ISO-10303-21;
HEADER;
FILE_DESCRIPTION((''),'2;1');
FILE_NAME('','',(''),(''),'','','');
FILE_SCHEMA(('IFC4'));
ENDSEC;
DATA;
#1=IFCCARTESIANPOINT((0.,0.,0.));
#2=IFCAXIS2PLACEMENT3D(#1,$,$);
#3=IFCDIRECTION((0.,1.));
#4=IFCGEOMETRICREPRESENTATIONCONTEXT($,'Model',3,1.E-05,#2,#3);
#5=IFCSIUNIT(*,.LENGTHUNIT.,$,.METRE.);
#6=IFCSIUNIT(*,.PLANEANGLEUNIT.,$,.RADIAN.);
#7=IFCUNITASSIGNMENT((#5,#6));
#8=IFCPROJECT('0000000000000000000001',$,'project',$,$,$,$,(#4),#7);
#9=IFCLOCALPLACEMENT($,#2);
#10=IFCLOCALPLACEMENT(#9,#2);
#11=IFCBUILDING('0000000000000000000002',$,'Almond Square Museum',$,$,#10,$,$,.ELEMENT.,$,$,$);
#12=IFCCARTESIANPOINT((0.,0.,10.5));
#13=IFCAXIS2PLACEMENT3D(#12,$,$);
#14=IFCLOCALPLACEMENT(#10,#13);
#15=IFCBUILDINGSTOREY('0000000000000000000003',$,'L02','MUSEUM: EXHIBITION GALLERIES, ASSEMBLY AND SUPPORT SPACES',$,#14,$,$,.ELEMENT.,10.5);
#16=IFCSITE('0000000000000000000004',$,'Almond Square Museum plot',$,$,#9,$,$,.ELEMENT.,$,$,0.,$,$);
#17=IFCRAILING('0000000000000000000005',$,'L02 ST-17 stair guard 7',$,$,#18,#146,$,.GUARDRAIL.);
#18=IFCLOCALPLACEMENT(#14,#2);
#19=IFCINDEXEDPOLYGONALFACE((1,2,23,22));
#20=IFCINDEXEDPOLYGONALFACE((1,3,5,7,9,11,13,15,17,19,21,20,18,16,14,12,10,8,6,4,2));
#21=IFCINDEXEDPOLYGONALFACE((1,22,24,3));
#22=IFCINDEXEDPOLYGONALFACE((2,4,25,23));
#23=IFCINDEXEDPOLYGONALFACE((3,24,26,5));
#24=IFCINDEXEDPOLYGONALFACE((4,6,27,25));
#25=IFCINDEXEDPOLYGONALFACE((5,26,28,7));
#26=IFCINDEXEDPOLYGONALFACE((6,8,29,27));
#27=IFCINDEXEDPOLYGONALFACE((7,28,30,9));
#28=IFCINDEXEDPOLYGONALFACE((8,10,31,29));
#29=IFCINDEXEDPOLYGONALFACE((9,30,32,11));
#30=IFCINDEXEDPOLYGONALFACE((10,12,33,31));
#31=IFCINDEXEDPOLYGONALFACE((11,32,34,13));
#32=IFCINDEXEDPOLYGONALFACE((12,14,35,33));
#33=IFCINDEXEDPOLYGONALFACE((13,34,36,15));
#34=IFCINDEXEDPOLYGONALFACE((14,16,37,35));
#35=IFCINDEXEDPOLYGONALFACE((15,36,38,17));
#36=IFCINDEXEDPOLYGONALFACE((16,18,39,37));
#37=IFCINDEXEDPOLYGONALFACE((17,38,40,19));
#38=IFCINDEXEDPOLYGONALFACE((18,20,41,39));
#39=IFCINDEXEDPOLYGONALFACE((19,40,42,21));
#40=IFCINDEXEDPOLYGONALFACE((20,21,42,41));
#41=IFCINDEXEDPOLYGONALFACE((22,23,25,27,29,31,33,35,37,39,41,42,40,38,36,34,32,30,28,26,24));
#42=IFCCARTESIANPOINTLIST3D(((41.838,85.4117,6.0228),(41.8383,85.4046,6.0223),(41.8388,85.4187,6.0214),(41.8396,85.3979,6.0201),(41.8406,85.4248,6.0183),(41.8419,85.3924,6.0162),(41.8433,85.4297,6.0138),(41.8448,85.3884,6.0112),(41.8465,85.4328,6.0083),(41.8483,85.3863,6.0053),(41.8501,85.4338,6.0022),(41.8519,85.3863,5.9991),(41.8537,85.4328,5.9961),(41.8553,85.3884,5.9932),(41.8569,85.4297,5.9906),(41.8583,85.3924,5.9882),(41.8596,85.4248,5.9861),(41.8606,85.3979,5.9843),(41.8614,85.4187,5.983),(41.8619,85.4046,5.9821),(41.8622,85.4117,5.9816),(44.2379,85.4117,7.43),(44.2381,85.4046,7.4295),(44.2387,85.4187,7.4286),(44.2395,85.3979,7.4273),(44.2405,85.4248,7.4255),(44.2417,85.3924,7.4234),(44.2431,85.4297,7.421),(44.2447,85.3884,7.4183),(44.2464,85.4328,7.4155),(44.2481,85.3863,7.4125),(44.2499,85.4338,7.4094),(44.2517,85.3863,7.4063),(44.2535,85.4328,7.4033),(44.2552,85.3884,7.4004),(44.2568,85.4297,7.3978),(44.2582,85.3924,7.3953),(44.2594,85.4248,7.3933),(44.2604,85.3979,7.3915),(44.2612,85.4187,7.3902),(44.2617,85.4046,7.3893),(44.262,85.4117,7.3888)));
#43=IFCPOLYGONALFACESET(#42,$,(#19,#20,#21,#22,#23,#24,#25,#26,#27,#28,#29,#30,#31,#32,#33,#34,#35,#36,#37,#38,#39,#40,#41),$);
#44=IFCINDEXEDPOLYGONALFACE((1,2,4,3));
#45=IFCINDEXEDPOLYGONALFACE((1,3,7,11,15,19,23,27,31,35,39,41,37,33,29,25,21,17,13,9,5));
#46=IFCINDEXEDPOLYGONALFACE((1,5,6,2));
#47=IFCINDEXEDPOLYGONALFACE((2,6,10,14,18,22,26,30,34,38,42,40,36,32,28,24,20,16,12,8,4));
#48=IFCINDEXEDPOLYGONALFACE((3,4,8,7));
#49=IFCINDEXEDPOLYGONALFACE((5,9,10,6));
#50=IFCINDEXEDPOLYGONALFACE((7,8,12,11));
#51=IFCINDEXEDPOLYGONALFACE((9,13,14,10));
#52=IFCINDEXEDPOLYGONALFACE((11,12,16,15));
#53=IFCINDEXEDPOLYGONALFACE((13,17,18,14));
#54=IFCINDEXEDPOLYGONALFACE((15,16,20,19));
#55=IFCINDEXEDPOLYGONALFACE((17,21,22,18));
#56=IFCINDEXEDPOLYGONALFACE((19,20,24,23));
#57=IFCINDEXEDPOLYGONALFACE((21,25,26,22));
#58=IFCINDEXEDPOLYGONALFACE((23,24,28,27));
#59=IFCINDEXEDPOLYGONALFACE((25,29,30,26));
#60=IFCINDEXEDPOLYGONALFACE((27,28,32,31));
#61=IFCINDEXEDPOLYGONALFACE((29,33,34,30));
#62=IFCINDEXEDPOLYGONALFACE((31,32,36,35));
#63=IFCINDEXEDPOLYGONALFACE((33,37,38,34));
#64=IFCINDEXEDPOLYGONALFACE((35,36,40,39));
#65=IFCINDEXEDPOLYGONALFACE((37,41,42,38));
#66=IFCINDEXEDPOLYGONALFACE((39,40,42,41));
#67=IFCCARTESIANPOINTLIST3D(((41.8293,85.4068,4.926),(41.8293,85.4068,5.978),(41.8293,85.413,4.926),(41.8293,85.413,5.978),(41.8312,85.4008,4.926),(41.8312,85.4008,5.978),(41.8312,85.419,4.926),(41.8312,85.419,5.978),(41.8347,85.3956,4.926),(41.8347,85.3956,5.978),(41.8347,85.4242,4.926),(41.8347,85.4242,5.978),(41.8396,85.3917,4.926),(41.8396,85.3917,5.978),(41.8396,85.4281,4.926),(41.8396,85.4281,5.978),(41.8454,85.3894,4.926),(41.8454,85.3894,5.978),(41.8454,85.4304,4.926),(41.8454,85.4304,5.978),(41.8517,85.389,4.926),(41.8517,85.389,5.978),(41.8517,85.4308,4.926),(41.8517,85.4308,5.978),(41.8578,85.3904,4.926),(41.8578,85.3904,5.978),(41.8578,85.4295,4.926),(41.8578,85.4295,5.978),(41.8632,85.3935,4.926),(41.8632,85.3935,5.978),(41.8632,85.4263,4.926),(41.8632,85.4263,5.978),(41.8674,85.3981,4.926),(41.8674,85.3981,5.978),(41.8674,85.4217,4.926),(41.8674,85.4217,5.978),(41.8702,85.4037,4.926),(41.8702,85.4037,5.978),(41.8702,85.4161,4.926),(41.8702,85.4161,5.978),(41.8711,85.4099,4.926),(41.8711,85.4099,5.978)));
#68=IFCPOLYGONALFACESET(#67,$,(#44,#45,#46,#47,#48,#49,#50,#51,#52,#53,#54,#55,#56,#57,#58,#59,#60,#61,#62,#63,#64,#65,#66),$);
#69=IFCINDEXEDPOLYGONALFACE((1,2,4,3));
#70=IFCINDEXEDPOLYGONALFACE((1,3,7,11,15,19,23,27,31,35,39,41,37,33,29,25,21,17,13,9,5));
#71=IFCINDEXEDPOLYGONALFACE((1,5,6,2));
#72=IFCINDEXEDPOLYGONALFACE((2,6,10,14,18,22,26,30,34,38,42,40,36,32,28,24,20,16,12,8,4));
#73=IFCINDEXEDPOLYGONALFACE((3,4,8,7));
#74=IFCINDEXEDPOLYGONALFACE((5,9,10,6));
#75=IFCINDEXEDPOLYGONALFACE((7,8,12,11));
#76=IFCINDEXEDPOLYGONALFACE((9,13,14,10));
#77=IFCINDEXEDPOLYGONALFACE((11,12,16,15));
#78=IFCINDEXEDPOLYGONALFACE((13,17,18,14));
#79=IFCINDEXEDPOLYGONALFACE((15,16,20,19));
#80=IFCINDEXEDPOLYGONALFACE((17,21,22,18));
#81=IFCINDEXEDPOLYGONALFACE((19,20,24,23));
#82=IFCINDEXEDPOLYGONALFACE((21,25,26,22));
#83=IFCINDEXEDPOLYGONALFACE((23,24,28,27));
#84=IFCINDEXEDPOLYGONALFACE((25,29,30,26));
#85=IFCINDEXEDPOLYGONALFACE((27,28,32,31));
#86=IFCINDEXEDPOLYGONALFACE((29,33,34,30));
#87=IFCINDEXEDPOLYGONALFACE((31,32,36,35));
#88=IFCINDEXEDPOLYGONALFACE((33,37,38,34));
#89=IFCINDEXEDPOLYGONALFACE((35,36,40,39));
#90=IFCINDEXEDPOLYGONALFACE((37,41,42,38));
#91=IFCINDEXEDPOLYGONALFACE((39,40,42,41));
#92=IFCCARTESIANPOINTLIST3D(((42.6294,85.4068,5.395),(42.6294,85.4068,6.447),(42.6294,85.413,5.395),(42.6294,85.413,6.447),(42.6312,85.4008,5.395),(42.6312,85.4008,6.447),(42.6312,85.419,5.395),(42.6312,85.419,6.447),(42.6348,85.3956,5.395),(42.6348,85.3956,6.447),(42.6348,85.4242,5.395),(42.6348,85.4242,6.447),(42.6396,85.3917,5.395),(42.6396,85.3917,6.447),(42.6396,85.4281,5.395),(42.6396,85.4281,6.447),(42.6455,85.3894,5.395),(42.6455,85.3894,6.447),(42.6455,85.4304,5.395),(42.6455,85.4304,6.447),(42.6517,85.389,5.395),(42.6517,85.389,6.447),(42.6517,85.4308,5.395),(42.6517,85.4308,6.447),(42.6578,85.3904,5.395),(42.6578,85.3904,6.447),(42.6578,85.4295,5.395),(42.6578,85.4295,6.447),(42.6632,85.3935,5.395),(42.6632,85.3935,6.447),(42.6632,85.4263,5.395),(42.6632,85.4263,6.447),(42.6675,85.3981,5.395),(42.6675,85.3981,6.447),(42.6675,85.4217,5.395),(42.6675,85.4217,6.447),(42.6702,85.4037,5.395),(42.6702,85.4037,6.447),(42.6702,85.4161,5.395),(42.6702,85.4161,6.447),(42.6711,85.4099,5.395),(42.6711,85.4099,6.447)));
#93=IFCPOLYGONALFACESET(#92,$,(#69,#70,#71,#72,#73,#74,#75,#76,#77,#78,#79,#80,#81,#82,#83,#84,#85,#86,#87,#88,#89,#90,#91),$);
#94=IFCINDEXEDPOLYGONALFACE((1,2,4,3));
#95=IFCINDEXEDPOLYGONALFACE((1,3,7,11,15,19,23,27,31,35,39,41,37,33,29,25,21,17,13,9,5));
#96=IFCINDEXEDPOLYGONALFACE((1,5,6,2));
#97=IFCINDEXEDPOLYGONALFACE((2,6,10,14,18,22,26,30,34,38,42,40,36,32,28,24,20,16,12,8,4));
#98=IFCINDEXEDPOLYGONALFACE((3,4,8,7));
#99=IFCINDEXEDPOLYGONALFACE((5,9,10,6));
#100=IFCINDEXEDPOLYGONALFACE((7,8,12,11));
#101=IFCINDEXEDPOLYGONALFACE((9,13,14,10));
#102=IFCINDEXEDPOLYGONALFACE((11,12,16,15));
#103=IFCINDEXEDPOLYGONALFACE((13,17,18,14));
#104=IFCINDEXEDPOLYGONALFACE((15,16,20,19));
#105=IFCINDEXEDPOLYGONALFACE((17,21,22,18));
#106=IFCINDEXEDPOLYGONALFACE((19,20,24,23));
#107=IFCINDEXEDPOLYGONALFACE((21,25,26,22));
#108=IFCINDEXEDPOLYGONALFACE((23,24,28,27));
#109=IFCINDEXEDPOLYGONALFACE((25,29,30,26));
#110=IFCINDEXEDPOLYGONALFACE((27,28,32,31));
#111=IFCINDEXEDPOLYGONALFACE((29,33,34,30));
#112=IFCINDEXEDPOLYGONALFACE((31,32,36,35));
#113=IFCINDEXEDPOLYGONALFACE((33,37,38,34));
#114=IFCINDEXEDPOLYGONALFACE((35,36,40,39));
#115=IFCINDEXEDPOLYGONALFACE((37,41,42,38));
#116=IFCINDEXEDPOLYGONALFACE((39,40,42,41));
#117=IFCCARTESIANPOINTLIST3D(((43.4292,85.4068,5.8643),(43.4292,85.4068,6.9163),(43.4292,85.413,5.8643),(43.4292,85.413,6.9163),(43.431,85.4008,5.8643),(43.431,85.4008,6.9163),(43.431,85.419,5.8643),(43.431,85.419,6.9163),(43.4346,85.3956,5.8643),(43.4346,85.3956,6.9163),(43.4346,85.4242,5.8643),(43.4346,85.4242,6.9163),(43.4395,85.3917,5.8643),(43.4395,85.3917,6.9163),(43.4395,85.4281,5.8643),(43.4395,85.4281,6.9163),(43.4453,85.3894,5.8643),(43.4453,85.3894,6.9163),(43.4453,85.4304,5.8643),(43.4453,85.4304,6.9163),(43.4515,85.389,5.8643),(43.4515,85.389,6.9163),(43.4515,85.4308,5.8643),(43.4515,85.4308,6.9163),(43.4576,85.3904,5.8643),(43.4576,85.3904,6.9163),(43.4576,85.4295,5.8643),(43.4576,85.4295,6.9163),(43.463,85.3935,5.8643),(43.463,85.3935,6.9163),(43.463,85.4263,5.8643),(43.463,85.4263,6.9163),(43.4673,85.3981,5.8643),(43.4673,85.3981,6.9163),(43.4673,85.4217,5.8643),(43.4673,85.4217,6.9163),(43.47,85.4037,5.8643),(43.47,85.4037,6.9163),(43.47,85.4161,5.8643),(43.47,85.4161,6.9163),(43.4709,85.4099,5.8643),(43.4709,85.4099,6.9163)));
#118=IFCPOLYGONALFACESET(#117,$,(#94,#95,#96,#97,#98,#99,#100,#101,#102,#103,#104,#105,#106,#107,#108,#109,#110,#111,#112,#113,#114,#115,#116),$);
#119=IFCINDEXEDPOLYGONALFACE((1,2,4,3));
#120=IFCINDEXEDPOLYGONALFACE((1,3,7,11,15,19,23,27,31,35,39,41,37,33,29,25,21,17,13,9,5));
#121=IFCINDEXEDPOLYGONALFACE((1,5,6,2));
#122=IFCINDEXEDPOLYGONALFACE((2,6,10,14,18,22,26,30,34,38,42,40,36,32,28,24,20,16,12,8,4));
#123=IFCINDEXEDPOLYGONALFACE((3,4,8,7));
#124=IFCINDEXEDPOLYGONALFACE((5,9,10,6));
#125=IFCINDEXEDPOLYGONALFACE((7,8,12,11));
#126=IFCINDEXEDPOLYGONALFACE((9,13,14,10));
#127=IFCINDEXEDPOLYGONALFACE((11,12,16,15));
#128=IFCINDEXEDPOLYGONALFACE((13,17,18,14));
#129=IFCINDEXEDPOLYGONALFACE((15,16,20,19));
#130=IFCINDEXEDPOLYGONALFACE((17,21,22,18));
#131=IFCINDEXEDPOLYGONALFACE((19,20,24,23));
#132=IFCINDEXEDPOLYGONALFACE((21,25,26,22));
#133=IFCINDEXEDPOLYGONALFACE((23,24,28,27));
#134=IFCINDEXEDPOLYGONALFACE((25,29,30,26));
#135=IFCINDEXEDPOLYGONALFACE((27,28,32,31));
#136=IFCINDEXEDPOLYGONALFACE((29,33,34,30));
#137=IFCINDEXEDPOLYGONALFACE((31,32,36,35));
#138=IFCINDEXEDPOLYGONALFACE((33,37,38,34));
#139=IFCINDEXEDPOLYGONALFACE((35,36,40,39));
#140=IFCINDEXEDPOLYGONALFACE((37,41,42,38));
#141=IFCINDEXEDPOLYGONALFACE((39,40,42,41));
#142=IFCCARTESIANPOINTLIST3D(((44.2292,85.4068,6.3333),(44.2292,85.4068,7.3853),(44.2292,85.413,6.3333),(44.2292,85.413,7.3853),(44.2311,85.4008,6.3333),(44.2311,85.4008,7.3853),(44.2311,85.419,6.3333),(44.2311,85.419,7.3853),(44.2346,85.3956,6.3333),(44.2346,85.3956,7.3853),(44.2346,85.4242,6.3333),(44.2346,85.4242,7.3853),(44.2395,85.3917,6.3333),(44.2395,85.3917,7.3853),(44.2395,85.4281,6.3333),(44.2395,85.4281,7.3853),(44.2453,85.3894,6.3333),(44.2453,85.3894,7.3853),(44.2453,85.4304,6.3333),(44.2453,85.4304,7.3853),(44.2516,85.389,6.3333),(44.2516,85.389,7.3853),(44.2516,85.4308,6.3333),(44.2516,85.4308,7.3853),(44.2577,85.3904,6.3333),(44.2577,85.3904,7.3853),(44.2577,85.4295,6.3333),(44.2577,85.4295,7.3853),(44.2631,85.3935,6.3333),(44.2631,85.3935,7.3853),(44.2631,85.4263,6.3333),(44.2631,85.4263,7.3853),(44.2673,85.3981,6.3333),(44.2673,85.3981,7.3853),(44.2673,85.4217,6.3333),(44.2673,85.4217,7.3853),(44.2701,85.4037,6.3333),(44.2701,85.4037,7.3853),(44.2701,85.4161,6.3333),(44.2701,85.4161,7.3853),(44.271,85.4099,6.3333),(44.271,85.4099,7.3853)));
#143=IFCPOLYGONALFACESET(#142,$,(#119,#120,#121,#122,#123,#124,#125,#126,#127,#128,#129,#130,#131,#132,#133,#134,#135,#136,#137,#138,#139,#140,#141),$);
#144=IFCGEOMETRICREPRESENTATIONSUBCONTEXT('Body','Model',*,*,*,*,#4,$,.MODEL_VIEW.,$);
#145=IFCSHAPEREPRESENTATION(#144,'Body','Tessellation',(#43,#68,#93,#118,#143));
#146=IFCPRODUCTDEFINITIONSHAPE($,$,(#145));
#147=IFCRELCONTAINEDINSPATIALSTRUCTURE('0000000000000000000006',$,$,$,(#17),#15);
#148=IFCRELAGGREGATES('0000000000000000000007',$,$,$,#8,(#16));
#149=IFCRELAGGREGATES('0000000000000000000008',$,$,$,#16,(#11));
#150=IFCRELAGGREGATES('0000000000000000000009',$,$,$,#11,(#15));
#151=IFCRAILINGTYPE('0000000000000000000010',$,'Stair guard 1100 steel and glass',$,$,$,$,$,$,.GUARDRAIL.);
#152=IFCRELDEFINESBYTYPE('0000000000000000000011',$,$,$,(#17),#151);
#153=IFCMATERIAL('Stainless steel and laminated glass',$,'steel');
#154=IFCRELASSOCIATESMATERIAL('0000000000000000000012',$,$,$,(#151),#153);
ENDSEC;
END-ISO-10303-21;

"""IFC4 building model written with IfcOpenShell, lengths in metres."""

from ifc_helpers import new_model, si_unit, direction, frame, origin, origin_2d, place, context, subcontext, project, spatial, circle, extrude, material, type_object, element, save


model = new_model("IFC4")

# Units and contexts
model_context = context("Model", 3, precision=1e-05, world=origin(), true_north=direction((0.0, 1.0)))
body_context = subcontext(model_context, "Body", "Model", "MODEL_VIEW")
ifc_project = project(units=[si_unit("LENGTHUNIT", "METRE"), si_unit("PLANEANGLEUNIT", "RADIAN")], contexts=[model_context])

# Site, building, storey
site_placement = place(None, origin())
site = spatial("IfcSite", under=ifc_project, at=site_placement, Name="Almond Square Museum plot", CompositionType="ELEMENT", RefElevation=0.0)
building_placement = place(site_placement, origin())
building = spatial("IfcBuilding", under=site, at=building_placement, Name="Almond Square Museum", CompositionType="ELEMENT")
storey_placement = place(building_placement, frame((0.0, 0.0, 10.5)))
storey = spatial("IfcBuildingStorey", under=building, at=storey_placement, Name="L02", Description="MUSEUM: EXHIBITION GALLERIES, ASSEMBLY AND SUPPORT SPACES", CompositionType="ELEMENT", Elevation=10.5)

# Railing
ifc_material_1 = material(Name="Stainless steel and laminated glass", Category="steel")
railing_type_1 = type_object("IfcRailingType", Name="Stair guard 1100 steel and glass", PredefinedType="GUARDRAIL", material=ifc_material_1)
railing_1_placement = place(storey_placement, frame((41.8501, 85.4099, 4.926)))
element("IfcRailing", 1, at=railing_1_placement, inside=storey, type_object=railing_type_1, Name="L02 ST-17 stair guard 7", PredefinedType="GUARDRAIL", context=body_context, shape_type="SweptSolid", body=[
    extrude(circle(Radius=0.0239, at=origin_2d()), frame((0.0, 0.0, 1.0762), z_axis=(0.862637, 0.0, 0.505823), x_axis=(0.0, 1.0, 0.0)), (0.0, 0.0, 1.0), 2.782),
    extrude(circle(Radius=0.021, at=origin_2d()), origin(), (0.0, 0.0, 1.0), 1.052),
    extrude(circle(Radius=0.021, at=origin_2d()), frame((0.8, 0.0, 0.469)), (0.0, 0.0, 1.0), 1.052),
    extrude(circle(Radius=0.021, at=origin_2d()), frame((1.5999, 0.0, 0.9382)), (0.0, 0.0, 1.0), 1.052),
    extrude(circle(Radius=0.021, at=origin_2d()), frame((2.3999, 0.0, 1.4072)), (0.0, 0.0, 1.0), 1.052),
])

save(model, "model.ifc")
